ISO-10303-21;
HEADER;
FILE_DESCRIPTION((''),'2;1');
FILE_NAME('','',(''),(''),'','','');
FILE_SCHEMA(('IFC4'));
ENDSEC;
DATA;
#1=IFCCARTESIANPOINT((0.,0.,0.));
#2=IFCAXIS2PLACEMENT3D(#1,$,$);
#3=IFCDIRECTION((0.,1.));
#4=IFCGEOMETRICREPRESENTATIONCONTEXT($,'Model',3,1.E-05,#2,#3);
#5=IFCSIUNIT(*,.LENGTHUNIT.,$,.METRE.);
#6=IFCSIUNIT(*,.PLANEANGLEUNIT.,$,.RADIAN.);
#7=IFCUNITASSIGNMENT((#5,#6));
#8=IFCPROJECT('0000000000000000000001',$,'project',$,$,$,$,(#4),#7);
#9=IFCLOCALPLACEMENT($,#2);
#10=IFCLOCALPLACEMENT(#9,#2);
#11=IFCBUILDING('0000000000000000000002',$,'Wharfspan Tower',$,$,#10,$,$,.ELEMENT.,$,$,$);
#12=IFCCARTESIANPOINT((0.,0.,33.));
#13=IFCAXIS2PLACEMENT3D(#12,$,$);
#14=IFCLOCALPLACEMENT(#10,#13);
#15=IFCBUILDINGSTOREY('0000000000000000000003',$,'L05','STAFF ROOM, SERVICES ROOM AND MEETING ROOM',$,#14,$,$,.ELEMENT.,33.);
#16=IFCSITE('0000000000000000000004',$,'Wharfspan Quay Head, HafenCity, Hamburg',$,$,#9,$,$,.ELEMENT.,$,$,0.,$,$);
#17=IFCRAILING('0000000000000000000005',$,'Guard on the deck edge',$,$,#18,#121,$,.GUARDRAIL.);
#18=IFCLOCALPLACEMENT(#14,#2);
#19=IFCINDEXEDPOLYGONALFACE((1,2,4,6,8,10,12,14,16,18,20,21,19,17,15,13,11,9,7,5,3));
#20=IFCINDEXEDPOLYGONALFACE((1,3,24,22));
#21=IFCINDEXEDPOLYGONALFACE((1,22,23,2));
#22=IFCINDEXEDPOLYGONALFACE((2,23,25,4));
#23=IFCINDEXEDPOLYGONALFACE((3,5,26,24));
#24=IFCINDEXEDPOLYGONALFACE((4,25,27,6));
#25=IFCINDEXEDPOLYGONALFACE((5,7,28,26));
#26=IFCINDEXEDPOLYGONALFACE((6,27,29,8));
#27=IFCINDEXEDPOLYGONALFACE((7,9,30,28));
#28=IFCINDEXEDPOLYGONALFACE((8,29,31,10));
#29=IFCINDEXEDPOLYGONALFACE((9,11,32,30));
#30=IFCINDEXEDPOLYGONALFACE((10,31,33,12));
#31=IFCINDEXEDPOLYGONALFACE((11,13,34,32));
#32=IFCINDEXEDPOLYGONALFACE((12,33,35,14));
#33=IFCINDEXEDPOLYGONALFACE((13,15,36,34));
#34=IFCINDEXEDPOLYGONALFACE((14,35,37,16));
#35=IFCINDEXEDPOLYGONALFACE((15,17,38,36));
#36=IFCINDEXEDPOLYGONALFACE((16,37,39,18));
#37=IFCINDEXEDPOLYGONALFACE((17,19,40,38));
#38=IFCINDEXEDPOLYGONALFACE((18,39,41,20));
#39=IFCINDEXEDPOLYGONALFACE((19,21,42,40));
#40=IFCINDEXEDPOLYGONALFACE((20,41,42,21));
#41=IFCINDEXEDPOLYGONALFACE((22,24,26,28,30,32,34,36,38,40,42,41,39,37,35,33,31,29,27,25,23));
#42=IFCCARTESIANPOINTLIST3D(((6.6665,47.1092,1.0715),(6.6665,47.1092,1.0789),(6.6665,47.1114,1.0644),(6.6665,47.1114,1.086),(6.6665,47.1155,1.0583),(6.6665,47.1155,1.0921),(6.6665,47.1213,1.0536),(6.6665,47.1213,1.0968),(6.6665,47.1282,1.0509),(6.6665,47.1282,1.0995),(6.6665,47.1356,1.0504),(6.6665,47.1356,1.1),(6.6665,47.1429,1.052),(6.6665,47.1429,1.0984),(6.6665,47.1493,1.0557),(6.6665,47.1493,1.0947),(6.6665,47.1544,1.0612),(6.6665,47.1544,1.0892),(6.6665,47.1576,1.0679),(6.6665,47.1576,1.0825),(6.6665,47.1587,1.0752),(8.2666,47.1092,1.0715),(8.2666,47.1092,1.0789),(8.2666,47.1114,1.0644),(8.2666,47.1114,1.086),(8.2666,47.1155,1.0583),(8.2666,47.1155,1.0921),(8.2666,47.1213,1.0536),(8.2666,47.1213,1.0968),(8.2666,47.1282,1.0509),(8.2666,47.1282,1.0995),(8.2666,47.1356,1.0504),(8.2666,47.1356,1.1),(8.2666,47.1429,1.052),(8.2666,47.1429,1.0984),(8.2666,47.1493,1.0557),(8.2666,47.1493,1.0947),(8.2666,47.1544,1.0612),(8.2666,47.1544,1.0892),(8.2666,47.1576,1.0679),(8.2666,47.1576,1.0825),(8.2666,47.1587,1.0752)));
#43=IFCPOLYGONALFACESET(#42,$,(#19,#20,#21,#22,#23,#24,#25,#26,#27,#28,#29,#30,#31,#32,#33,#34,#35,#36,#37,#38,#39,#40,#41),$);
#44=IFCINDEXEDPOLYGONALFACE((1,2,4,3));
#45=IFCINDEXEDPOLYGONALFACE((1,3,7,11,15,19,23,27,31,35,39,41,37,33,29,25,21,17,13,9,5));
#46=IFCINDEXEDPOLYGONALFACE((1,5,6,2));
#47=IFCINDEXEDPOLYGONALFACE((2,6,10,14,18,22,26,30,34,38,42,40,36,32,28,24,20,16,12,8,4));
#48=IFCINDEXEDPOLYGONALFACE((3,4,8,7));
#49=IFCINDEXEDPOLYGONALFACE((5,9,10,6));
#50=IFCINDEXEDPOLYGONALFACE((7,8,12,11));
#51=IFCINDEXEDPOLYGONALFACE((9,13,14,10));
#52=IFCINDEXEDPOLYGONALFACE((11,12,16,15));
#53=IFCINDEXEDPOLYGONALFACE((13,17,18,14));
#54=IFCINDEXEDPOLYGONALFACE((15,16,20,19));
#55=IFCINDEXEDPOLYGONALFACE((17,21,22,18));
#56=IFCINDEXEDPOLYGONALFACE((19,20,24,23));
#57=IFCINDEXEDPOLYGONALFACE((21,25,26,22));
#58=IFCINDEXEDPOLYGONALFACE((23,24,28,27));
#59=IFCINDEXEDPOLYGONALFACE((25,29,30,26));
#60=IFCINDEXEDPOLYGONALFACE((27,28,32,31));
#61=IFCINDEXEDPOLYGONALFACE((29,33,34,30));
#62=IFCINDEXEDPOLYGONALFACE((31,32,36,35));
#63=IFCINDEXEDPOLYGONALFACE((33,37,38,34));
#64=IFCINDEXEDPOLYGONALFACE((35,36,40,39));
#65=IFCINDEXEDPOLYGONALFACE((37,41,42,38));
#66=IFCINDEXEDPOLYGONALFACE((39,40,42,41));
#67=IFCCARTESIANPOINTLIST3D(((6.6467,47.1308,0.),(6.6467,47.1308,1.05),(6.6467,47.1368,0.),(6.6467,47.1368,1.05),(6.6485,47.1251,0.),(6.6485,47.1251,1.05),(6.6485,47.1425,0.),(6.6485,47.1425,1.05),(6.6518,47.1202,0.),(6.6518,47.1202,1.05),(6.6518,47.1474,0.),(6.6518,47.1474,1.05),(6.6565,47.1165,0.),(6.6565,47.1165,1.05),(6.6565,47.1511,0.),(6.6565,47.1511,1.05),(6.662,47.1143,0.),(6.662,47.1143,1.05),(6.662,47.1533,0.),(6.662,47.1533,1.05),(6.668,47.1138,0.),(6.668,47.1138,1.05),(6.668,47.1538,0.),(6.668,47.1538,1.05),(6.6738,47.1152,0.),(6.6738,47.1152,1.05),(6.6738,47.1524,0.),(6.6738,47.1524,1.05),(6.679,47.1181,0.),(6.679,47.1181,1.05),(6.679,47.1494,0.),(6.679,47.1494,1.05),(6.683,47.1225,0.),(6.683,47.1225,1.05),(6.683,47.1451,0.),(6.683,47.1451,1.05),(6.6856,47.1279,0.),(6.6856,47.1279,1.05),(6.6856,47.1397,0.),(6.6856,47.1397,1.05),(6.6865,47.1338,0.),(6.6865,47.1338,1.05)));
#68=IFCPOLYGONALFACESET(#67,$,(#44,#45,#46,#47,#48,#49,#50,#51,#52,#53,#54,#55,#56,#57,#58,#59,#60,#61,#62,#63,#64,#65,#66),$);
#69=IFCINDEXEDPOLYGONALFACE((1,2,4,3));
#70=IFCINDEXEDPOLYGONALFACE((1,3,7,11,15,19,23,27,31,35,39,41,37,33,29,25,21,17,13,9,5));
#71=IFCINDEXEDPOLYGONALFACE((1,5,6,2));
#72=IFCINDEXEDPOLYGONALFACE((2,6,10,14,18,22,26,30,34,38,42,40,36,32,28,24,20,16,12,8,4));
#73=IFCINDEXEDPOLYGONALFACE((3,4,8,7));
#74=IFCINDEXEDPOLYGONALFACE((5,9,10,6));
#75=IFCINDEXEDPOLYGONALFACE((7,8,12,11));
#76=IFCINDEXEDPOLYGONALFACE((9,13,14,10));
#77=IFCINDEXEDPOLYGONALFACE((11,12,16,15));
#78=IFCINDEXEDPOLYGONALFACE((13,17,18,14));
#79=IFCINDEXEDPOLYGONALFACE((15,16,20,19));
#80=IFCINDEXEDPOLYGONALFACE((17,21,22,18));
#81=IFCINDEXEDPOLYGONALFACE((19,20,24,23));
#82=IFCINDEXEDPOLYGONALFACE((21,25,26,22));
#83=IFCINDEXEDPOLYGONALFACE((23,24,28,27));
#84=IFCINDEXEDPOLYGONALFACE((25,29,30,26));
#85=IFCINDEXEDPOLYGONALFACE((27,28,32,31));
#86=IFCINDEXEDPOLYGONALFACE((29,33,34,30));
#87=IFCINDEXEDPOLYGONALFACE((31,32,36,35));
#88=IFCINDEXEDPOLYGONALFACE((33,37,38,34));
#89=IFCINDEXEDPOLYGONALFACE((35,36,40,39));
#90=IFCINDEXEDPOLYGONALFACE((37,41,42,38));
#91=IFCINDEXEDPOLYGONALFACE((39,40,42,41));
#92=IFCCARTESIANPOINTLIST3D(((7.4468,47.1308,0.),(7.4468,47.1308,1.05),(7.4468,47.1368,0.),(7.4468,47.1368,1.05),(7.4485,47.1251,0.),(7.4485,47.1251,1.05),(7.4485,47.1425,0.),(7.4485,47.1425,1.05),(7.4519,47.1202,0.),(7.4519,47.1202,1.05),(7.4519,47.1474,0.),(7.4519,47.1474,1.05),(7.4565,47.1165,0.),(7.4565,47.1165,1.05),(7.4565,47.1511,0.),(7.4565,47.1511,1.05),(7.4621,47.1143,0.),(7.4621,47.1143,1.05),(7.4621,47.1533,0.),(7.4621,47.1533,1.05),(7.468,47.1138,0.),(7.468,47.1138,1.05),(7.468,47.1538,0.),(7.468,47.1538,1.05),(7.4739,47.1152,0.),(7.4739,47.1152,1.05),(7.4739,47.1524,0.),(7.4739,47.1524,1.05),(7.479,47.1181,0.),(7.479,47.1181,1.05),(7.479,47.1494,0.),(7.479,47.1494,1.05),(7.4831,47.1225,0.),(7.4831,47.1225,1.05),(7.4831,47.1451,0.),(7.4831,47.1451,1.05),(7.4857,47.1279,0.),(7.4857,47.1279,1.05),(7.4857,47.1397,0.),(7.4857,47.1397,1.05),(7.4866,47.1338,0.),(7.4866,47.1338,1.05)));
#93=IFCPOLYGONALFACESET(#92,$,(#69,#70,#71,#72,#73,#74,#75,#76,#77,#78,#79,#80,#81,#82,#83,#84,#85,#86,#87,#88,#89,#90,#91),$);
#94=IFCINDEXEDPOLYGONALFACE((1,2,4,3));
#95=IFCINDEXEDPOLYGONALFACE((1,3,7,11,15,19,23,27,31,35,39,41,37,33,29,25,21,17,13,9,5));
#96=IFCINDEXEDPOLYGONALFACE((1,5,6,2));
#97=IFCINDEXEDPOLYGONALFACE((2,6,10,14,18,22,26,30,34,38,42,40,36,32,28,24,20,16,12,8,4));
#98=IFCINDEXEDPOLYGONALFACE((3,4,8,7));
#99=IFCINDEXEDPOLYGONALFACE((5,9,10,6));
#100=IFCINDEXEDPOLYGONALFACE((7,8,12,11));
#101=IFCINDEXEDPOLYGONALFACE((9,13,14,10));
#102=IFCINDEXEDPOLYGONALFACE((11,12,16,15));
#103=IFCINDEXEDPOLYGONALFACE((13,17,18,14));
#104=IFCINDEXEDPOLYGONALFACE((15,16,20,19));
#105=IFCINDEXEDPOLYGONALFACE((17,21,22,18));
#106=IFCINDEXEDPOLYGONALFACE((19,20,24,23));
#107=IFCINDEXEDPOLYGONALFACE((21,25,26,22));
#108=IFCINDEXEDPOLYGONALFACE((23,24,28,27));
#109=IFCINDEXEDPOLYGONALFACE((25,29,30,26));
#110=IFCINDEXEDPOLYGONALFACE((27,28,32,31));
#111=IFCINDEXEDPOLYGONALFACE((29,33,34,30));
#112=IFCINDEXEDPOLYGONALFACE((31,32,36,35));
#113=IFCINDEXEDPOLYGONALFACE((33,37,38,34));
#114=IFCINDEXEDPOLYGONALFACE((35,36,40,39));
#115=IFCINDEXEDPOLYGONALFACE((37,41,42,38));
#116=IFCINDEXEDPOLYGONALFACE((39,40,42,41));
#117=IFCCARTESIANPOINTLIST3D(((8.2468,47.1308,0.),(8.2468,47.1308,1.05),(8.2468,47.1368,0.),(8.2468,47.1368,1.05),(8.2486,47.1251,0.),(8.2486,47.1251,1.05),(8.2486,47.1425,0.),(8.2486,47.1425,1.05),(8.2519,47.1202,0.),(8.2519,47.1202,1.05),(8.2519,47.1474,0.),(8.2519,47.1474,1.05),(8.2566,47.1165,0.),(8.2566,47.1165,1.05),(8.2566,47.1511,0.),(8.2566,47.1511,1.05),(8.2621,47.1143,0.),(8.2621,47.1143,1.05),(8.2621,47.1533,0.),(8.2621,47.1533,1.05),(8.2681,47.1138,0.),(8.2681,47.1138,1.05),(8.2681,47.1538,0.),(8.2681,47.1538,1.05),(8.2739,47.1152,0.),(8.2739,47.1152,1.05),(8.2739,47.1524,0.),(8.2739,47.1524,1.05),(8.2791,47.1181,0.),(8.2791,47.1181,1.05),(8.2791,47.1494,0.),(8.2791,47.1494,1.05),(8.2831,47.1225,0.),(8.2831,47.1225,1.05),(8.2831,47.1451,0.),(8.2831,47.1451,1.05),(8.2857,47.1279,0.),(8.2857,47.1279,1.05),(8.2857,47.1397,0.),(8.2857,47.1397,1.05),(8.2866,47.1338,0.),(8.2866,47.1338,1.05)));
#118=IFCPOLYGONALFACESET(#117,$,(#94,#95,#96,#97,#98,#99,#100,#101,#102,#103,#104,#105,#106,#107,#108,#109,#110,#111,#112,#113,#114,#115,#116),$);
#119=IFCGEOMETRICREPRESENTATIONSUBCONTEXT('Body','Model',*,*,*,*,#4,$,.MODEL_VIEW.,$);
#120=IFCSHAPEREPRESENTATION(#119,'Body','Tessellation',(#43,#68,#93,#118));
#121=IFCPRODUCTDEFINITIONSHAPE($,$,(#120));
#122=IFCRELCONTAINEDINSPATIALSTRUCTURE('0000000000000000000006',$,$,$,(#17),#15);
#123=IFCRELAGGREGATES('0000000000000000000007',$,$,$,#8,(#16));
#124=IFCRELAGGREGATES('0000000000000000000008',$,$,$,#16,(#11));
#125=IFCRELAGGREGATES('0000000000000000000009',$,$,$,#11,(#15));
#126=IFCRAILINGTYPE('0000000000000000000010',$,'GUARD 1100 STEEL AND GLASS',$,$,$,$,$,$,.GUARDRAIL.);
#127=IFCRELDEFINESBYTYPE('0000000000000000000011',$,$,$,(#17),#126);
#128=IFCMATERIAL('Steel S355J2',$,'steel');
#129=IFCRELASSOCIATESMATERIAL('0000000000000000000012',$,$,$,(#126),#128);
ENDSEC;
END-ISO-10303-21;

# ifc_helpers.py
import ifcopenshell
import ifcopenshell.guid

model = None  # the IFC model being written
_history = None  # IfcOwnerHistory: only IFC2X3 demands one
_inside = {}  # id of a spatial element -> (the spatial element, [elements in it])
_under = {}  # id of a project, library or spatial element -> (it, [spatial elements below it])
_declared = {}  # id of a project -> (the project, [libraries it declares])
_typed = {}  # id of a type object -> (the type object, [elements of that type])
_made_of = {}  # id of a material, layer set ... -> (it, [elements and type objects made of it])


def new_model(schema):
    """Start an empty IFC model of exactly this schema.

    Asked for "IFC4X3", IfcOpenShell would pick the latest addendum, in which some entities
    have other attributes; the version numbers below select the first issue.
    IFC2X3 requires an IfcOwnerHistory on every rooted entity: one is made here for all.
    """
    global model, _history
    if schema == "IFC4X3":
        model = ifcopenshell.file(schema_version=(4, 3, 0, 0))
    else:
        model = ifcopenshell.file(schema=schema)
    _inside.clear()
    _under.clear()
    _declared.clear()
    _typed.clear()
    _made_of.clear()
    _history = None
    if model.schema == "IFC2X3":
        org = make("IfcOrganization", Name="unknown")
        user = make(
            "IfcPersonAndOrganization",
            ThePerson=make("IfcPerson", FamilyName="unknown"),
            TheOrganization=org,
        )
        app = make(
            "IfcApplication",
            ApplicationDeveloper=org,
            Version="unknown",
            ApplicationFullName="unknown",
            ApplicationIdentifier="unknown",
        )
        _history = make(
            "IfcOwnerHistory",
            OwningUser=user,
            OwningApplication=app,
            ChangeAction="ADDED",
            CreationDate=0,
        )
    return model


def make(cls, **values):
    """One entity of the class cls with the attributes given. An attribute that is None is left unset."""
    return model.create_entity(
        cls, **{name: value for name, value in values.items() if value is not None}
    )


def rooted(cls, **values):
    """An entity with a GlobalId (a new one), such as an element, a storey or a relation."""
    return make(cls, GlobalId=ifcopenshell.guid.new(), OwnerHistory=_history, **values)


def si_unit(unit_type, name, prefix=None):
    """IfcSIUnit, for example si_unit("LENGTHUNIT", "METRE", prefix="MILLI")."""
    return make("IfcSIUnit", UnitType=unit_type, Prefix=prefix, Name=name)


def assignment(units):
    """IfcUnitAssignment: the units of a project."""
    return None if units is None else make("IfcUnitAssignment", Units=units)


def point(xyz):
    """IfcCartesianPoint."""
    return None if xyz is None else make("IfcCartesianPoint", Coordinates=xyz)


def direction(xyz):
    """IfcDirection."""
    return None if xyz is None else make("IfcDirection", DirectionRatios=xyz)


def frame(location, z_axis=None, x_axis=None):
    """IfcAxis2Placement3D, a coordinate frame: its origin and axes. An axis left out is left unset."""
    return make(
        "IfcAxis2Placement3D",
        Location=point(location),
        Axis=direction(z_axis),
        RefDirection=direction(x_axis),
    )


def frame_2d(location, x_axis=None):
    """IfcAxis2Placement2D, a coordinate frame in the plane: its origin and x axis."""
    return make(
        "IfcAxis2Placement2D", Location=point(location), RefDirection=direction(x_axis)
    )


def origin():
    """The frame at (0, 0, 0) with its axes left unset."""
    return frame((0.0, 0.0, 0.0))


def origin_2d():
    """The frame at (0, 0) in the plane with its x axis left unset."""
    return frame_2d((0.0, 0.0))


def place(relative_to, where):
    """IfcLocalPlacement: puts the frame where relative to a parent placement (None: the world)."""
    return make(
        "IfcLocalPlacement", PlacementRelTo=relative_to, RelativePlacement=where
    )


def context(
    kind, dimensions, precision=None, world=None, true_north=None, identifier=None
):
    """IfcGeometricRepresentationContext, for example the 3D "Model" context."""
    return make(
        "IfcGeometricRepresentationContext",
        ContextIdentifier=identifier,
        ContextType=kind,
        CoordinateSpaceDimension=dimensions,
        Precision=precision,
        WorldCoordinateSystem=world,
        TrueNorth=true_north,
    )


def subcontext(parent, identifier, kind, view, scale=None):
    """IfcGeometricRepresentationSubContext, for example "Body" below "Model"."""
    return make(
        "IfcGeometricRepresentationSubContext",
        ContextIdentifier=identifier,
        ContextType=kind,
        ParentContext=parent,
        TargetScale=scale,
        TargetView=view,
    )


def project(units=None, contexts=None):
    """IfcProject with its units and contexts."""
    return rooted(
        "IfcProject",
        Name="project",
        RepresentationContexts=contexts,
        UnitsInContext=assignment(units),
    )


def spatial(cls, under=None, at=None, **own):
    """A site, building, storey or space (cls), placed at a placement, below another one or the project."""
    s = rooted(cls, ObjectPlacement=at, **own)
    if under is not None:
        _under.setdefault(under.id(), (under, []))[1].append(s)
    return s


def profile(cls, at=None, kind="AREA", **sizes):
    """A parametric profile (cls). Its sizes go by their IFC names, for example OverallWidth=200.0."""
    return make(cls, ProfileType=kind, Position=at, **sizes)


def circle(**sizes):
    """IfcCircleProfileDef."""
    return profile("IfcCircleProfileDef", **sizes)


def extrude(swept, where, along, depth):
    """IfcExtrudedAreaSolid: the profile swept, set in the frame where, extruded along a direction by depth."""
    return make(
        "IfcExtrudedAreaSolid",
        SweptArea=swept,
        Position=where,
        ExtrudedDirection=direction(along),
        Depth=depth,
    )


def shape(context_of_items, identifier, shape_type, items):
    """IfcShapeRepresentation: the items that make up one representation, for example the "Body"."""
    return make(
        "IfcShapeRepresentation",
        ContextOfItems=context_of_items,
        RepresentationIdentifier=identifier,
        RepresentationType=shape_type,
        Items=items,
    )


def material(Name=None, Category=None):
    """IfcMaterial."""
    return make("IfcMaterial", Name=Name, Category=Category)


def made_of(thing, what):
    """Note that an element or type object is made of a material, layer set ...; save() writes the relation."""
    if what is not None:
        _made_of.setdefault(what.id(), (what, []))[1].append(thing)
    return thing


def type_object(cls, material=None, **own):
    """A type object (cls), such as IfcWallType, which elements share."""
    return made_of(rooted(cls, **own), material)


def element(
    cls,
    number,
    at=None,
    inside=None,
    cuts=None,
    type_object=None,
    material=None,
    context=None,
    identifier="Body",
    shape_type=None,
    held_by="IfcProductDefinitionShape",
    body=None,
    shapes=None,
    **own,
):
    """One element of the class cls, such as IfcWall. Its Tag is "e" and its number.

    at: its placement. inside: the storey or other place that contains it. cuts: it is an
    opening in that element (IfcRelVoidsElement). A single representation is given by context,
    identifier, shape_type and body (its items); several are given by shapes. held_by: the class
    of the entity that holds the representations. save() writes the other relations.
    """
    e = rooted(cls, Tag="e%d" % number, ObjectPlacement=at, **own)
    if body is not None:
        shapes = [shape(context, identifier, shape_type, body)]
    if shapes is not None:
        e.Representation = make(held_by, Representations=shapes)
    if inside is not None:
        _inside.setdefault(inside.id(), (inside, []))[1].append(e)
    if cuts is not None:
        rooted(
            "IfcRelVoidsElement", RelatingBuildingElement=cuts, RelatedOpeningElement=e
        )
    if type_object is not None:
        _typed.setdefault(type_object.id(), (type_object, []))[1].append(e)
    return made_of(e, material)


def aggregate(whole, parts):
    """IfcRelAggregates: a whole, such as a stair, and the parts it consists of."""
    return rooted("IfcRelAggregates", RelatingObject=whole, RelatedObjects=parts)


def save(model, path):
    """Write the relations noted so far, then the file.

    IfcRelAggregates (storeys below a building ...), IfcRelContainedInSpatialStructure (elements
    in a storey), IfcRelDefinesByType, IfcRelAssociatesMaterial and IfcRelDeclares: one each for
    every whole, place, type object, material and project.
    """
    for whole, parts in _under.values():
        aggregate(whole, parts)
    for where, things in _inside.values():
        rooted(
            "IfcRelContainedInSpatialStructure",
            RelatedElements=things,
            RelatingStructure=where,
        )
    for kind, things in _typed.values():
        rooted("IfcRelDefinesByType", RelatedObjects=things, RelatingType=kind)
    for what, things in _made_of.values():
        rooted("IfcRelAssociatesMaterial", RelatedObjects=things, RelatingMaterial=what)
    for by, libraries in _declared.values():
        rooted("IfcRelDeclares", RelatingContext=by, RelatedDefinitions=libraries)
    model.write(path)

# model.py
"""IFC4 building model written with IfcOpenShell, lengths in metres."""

from ifc_helpers import new_model, si_unit, direction, frame, origin, origin_2d, place, context, subcontext, project, spatial, circle, extrude, material, type_object, element, save


model = new_model("IFC4")

# Units and contexts
model_context = context("Model", 3, precision=1e-05, world=origin(), true_north=direction((0.0, 1.0)))
body_context = subcontext(model_context, "Body", "Model", "MODEL_VIEW")
ifc_project = project(units=[si_unit("LENGTHUNIT", "METRE"), si_unit("PLANEANGLEUNIT", "RADIAN")], contexts=[model_context])

# Site, building, storey
site_placement = place(None, origin())
site = spatial("IfcSite", under=ifc_project, at=site_placement, Name="Wharfspan Quay Head, HafenCity, Hamburg", CompositionType="ELEMENT", RefElevation=0.0)
building_placement = place(site_placement, origin())
building = spatial("IfcBuilding", under=site, at=building_placement, Name="Wharfspan Tower", CompositionType="ELEMENT")
storey_placement = place(building_placement, frame((0.0, 0.0, 33.0)))
storey = spatial("IfcBuildingStorey", under=building, at=storey_placement, Name="L05", Description="STAFF ROOM, SERVICES ROOM AND MEETING ROOM", CompositionType="ELEMENT", Elevation=33.0)

# Railing
ifc_material_1 = material(Name="Steel S355J2", Category="steel")
railing_type_1 = type_object("IfcRailingType", Name="GUARD 1100 STEEL AND GLASS", PredefinedType="GUARDRAIL", material=ifc_material_1)
railing_1_placement = place(storey_placement, frame((6.6665, 47.1338, 0.0)))
element("IfcRailing", 1, at=railing_1_placement, inside=storey, type_object=railing_type_1, Name="Guard on the deck edge", PredefinedType="GUARDRAIL", context=body_context, shape_type="SweptSolid", body=[
    extrude(circle(Radius=0.0249, at=origin_2d()), frame((0.0, 0.0, 1.0752), z_axis=(1.0, 0.0, 0.0), x_axis=(0.0, 1.0, 0.0)), (0.0, 0.0, 1.0), 1.6001),
    extrude(circle(Radius=0.02, at=origin_2d()), origin(), (0.0, 0.0, 1.0), 1.05),
    extrude(circle(Radius=0.02, at=origin_2d()), frame((0.8, 0.0, 0.0)), (0.0, 0.0, 1.0), 1.05),
    extrude(circle(Radius=0.02, at=origin_2d()), frame((1.6001, 0.0, 0.0)), (0.0, 0.0, 1.0), 1.05),
])

save(model, "model.ifc")
